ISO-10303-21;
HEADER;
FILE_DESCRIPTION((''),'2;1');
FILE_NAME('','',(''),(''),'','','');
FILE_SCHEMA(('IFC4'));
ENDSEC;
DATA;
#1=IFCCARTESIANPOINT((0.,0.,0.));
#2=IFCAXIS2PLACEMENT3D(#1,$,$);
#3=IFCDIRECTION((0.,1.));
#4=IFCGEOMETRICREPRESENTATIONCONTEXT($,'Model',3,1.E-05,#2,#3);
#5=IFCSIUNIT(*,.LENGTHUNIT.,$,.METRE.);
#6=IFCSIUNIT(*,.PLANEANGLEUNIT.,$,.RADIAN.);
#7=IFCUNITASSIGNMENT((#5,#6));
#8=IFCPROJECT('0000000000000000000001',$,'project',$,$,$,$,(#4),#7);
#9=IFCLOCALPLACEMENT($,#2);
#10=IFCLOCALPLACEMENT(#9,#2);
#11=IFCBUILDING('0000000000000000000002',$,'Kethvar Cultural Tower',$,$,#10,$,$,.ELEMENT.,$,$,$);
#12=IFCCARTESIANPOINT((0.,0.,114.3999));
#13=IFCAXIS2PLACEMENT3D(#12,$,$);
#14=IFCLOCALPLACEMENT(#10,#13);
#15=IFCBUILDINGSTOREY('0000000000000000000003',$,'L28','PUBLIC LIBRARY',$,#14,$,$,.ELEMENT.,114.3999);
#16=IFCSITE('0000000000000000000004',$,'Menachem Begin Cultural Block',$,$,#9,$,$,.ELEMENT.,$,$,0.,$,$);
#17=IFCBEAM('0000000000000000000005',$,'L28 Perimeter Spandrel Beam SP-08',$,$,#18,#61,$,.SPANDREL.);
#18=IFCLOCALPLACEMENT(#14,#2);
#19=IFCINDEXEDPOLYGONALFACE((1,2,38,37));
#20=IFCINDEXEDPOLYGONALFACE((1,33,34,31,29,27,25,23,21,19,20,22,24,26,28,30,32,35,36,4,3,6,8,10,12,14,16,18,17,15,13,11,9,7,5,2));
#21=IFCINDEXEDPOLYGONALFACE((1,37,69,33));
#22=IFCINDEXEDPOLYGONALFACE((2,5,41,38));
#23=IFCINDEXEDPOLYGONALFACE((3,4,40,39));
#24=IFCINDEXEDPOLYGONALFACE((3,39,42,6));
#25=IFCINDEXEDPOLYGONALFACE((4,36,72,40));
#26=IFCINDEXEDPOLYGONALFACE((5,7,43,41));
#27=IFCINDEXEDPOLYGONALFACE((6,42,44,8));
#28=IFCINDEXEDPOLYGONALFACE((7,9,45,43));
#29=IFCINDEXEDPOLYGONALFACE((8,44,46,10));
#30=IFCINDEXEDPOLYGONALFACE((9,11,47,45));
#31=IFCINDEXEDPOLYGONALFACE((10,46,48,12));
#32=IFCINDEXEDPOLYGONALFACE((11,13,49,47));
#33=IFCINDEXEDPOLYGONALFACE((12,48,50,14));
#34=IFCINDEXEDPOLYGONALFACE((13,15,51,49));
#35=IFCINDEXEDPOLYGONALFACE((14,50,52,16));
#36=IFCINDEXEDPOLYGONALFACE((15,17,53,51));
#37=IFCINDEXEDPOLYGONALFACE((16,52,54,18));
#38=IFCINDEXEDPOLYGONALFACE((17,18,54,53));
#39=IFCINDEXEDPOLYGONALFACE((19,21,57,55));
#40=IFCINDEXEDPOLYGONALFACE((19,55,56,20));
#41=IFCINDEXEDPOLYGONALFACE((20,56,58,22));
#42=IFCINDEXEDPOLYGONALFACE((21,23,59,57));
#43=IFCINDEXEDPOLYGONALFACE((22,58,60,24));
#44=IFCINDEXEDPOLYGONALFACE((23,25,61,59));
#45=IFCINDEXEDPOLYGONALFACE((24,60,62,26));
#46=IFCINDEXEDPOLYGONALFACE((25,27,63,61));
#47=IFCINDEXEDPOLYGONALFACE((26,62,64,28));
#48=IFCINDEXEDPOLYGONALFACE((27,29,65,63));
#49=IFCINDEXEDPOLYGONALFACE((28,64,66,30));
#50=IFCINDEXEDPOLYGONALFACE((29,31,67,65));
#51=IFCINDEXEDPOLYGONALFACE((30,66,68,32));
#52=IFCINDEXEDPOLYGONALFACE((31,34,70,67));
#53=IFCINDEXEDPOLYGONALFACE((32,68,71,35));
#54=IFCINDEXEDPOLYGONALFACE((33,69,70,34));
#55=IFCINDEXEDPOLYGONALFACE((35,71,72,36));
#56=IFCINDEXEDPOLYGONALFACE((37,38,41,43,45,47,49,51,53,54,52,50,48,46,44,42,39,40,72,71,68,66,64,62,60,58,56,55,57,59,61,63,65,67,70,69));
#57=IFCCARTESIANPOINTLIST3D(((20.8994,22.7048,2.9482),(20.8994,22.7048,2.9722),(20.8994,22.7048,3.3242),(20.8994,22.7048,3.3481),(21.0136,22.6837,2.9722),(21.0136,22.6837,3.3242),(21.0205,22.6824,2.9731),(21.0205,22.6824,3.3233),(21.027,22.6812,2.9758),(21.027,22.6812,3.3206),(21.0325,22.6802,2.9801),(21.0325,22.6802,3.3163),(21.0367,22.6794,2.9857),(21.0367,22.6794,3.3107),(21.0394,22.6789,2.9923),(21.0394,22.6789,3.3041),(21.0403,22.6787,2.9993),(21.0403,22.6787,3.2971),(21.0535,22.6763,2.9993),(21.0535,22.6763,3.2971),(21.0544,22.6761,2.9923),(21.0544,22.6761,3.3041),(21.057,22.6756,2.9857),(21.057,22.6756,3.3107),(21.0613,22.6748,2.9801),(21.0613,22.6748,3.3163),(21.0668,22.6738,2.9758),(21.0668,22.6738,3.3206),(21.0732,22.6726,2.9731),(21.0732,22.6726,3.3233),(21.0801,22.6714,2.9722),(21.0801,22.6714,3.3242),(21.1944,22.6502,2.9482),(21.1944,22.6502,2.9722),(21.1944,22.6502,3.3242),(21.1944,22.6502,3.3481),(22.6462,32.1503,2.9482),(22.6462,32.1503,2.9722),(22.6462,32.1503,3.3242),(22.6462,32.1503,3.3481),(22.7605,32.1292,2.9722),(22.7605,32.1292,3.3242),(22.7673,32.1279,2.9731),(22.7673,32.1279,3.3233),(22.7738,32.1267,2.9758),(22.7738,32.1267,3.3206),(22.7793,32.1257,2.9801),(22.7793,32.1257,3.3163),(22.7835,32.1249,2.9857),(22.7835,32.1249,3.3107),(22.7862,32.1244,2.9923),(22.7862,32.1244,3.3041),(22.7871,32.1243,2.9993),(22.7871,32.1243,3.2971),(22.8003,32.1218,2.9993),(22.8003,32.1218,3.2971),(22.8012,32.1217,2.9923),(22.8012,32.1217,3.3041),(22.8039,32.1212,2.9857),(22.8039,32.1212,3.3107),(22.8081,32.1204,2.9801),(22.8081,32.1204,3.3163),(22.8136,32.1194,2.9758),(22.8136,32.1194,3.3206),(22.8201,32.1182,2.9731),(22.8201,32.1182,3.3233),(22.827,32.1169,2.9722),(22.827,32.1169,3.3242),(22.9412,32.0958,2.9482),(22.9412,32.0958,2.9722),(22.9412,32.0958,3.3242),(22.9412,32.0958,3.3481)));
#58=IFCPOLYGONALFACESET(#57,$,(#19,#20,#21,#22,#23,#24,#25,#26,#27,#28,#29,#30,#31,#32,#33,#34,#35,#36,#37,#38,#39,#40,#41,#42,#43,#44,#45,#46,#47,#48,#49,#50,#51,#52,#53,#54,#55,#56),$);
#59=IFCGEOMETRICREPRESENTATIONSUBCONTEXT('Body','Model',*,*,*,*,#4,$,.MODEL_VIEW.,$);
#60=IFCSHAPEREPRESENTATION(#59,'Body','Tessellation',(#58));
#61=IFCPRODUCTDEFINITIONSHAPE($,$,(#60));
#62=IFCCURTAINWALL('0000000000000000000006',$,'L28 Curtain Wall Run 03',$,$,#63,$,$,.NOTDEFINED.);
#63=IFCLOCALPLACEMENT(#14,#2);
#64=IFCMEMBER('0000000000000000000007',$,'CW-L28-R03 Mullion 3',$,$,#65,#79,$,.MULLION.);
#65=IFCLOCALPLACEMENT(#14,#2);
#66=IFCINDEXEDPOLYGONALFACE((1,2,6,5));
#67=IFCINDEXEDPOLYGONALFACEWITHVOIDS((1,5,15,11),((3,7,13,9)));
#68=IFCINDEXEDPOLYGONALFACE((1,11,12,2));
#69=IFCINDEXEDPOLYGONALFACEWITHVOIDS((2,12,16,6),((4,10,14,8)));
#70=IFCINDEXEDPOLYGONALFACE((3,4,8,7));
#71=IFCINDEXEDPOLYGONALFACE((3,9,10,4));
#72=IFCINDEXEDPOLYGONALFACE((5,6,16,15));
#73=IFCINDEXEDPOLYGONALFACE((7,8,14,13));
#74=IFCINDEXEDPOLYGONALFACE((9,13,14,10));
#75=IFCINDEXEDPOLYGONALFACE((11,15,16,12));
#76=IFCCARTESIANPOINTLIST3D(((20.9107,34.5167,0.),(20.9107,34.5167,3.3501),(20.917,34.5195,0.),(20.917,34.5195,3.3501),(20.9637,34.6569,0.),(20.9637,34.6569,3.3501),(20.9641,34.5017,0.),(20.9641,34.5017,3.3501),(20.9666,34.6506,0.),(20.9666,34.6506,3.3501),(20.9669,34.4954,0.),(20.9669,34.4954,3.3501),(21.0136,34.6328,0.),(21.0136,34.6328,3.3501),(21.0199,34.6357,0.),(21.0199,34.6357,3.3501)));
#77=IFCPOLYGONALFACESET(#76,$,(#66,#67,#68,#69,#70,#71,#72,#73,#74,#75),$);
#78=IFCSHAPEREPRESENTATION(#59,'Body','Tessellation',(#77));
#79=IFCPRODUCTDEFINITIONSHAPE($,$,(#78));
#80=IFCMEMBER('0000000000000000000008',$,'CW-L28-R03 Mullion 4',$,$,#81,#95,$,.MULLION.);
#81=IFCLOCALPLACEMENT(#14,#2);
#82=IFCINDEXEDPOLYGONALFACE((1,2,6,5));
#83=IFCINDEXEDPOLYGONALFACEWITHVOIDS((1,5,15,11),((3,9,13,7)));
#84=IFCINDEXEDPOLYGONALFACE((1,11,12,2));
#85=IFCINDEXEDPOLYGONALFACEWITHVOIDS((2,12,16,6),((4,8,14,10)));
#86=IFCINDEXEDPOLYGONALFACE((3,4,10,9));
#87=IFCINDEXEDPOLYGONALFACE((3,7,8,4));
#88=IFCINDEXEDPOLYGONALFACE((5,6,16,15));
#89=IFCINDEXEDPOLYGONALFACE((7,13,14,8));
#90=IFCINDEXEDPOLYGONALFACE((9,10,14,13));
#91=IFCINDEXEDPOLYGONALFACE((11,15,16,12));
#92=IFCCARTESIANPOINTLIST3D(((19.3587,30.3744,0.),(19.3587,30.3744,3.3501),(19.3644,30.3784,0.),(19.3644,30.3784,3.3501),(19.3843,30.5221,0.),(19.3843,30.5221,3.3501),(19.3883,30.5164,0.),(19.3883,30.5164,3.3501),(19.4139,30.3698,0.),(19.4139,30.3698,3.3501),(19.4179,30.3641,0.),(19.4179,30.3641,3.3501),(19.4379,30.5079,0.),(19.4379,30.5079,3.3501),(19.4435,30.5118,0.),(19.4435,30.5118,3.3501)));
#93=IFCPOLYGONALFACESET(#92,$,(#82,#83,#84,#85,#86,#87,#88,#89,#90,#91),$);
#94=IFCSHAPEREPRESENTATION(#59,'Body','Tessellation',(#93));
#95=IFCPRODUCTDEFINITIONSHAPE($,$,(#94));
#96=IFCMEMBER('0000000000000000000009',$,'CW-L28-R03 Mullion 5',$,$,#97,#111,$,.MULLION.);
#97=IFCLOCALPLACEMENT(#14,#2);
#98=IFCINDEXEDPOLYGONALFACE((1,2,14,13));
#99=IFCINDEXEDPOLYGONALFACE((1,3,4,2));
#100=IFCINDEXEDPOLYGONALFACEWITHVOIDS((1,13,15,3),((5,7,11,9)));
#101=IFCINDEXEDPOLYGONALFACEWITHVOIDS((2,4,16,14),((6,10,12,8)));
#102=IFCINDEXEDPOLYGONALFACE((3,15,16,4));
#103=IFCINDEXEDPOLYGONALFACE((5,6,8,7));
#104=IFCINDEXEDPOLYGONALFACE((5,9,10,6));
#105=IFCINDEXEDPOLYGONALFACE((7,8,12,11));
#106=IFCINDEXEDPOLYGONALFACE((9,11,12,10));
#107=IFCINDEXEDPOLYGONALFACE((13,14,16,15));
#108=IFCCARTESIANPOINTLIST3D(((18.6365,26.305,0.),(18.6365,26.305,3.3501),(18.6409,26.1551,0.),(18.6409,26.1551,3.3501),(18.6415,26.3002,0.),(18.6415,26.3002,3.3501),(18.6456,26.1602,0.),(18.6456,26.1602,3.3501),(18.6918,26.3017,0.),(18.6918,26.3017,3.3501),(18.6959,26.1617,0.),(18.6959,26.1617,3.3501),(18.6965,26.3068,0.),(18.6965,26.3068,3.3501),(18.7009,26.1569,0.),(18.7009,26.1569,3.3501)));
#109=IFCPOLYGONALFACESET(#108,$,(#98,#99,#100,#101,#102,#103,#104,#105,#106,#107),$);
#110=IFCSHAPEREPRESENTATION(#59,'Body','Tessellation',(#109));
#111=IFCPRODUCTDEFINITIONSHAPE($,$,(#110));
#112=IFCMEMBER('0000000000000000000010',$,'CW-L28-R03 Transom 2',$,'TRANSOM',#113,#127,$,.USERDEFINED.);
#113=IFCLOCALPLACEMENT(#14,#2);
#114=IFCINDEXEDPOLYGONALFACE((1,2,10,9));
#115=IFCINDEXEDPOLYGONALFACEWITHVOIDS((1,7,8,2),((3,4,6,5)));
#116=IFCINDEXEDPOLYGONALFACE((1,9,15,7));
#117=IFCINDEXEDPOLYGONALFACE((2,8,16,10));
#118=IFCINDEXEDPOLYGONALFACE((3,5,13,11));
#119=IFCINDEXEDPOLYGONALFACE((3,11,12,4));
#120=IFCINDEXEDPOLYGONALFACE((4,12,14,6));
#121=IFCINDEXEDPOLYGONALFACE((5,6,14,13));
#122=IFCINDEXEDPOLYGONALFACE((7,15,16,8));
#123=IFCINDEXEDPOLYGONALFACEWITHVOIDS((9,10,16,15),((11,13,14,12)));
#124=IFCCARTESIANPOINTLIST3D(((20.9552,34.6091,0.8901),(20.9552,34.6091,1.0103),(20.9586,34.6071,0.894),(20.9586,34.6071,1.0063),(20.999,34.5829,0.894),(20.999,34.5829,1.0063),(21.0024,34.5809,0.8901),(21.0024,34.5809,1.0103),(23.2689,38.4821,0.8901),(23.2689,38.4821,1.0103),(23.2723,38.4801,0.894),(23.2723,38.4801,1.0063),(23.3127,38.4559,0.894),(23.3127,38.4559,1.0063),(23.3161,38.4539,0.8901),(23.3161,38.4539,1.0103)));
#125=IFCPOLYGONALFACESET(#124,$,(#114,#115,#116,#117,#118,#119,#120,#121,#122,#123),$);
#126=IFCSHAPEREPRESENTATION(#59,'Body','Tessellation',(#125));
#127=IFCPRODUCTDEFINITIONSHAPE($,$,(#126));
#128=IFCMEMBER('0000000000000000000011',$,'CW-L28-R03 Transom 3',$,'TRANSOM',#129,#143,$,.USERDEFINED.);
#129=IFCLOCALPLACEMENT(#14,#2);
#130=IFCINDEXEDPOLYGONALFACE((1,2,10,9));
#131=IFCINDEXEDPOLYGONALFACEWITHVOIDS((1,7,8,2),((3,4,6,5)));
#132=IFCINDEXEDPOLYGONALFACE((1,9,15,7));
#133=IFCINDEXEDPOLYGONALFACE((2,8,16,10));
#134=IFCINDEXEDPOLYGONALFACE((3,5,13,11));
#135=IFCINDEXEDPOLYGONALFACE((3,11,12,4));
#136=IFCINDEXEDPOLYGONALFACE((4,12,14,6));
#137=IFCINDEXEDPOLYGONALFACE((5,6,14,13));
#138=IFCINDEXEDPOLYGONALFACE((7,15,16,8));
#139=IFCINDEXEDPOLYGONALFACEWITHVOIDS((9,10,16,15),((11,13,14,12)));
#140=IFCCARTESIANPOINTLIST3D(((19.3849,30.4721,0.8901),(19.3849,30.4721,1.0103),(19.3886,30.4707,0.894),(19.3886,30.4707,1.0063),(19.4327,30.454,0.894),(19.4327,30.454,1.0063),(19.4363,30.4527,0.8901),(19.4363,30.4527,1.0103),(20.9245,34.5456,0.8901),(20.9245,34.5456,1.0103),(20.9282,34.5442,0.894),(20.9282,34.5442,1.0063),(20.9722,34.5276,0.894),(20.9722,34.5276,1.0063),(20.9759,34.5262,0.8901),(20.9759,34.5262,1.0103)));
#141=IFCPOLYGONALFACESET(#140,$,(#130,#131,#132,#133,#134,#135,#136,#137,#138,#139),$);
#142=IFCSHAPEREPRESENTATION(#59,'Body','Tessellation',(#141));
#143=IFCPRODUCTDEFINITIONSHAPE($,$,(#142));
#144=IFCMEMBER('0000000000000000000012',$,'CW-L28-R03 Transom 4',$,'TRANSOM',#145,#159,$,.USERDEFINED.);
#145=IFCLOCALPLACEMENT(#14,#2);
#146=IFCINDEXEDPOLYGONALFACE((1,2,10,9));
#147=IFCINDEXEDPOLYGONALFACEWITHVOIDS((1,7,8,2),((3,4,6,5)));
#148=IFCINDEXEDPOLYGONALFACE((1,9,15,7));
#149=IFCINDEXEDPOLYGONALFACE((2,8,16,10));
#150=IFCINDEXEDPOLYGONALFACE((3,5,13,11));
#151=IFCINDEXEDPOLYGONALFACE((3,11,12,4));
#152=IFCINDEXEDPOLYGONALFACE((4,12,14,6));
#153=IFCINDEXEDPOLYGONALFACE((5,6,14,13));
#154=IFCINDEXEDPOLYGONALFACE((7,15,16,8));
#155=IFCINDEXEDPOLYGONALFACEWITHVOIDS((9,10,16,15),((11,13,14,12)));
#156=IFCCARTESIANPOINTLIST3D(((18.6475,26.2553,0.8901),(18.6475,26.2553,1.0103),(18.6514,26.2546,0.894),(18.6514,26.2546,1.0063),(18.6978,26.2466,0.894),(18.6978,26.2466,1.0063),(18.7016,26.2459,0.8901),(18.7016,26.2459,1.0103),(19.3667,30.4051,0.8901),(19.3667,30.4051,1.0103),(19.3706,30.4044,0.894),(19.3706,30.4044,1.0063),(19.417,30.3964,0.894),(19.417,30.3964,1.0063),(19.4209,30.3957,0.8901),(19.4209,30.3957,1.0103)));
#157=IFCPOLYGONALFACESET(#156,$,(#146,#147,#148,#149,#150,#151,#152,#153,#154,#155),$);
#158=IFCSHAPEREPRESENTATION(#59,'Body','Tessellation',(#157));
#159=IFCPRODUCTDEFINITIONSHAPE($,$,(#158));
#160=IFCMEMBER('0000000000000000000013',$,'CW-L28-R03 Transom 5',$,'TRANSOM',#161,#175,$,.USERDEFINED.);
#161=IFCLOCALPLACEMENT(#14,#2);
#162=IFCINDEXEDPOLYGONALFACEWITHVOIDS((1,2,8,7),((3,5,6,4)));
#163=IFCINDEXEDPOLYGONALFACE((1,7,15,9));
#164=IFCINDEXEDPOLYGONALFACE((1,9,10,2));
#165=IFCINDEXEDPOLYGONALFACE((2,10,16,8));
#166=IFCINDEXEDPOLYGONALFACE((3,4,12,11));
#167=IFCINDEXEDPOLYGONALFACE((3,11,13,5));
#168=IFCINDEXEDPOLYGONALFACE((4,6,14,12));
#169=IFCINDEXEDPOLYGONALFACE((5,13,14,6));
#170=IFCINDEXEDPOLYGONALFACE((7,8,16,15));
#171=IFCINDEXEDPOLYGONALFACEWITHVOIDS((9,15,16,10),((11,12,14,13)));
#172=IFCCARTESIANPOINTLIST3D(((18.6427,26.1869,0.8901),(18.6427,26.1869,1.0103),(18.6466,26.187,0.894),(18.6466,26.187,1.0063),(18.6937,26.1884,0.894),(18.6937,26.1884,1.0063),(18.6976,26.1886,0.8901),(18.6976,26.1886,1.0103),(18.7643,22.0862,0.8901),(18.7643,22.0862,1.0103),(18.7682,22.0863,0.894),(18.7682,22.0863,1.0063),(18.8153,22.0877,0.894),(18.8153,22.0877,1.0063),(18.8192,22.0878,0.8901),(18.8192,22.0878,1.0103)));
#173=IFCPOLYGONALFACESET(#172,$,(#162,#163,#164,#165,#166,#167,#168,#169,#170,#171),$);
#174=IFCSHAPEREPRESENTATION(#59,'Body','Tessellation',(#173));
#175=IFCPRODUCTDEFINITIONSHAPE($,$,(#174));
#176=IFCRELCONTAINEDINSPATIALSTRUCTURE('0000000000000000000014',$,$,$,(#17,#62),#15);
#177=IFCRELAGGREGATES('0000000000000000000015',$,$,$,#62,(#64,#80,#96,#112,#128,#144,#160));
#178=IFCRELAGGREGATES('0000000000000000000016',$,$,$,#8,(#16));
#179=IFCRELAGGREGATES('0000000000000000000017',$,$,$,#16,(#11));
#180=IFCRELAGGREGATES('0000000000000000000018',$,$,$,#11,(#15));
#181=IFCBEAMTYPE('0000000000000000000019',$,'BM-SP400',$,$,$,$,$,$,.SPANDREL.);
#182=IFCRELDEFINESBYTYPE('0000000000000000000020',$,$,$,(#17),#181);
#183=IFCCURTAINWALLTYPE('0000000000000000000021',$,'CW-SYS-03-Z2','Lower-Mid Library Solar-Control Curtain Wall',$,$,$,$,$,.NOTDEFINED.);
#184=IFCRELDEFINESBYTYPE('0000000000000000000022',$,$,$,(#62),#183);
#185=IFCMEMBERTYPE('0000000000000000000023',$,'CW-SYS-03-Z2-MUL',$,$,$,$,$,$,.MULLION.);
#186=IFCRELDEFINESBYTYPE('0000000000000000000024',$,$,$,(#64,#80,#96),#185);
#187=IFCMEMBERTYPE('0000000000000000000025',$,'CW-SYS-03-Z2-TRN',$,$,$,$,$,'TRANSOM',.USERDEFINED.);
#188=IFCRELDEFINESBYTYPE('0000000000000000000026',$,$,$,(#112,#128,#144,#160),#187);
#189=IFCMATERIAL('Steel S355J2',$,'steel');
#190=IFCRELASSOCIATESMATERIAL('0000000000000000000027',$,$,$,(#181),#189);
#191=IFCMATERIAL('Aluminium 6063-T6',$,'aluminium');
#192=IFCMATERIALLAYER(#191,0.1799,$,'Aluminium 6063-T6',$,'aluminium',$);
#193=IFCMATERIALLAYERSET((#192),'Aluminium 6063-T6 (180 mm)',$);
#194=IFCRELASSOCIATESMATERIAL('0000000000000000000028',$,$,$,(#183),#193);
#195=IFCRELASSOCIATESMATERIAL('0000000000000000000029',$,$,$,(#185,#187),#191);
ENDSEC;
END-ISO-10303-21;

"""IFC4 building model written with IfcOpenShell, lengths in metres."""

from ifc_helpers import new_model, si_unit, direction, frame, origin, origin_2d, place, context, subcontext, project, spatial, hollow_rectangle, i_section, extrude, source, transform, mapped, material, layer, layer_set, material_profile, profile_set, type_object, element, aggregate, save


model = new_model("IFC4")

# Units and contexts
model_context = context("Model", 3, precision=1e-05, world=origin(), true_north=direction((0.0, 1.0)))
body_context = subcontext(model_context, "Body", "Model", "MODEL_VIEW")
ifc_project = project(units=[si_unit("LENGTHUNIT", "METRE"), si_unit("PLANEANGLEUNIT", "RADIAN")], contexts=[model_context])

# Site, building, storey
site_placement = place(None, origin())
site = spatial("IfcSite", under=ifc_project, at=site_placement, Name="Menachem Begin Cultural Block", CompositionType="ELEMENT", RefElevation=0.0)
building_placement = place(site_placement, origin())
building = spatial("IfcBuilding", under=site, at=building_placement, Name="Kethvar Cultural Tower", CompositionType="ELEMENT")
storey_placement = place(building_placement, frame((0.0, 0.0, 114.3999)))
storey = spatial("IfcBuildingStorey", under=building, at=storey_placement, Name="L28", Description="PUBLIC LIBRARY", CompositionType="ELEMENT", Elevation=114.3999)

# Beam
ifc_material_1 = material(Name="Steel S355J2", Category="steel")
ifc_material_profile_1 = material_profile(ifc_material_1, i_section(OverallWidth=0.3, OverallDepth=0.3999, WebThickness=0.0134, FlangeThickness=0.0239, FilletRadius=0.0271, at=origin_2d()), Name="Steel S355J2 — HEB400")
ifc_profile_set_1 = profile_set([ifc_material_profile_1], Name="Steel S355J2 — HEB400")
beam_type_1 = type_object("IfcBeamType", Name="BM-SP400", PredefinedType="SPANDREL", material=ifc_profile_set_1)
shared_shape_1 = source(origin(), body_context, "Body", "SweptSolid", [
    extrude(i_section(OverallWidth=0.3, OverallDepth=0.3999, WebThickness=0.0134, FlangeThickness=0.0239, FilletRadius=0.0271, at=origin_2d()), origin(), (0.0, 0.0, 1.0), 9.6057),
])
beam_1_placement = place(storey_placement, frame((22.7937, 32.123, 3.1482), z_axis=(-0.181853, -0.983326, 0.0), x_axis=(0.983326, -0.181853, 0.0)))
element("IfcBeam", 1, at=beam_1_placement, inside=storey, type_object=beam_type_1, Name="L28 Perimeter Spandrel Beam SP-08", PredefinedType="SPANDREL", context=body_context, shape_type="MappedRepresentation", body=[
    mapped(shared_shape_1, transform((0.0, 0.0, 0.0), scale=1.0)),
])

# Curtain wall, members
ifc_material_2 = material(Name="Aluminium 6063-T6", Category="aluminium")
ifc_layer_1 = layer(ifc_material_2, 0.1799, Name="Aluminium 6063-T6", Category="aluminium")
ifc_layer_set_1 = layer_set([ifc_layer_1], Name="Aluminium 6063-T6 (180 mm)")
curtain_wall_type = type_object("IfcCurtainWallType", Name="CW-SYS-03-Z2", Description="Lower-Mid Library Solar-Control Curtain Wall", PredefinedType="NOTDEFINED", material=ifc_layer_set_1)
curtain_wall_placement = place(storey_placement, origin())
curtain_wall = element("IfcCurtainWall", 2, at=curtain_wall_placement, inside=storey, type_object=curtain_wall_type, Name="L28 Curtain Wall Run 03", PredefinedType="NOTDEFINED")
ifc_material_profile_2 = material_profile(ifc_material_2, hollow_rectangle(XDim=0.0601, YDim=0.1499, WallThickness=0.0049, at=origin_2d()), Name="Aluminium 6063-T6 — RHS150x60x5")
ifc_profile_set_2 = profile_set([ifc_material_profile_2], Name="Aluminium 6063-T6 — RHS150x60x5")
member_type_1 = type_object("IfcMemberType", Name="CW-SYS-03-Z2-MUL", PredefinedType="MULLION", material=ifc_profile_set_2)
shared_shape_2 = source(origin(), body_context, "Body", "SweptSolid", [
    extrude(hollow_rectangle(XDim=0.0601, YDim=0.1499, WallThickness=0.0049, at=origin_2d()), origin(), (0.0, 0.0, 1.0), 3.3501),
])
member_1_placement = place(storey_placement, frame((20.9653, 34.5762, 0.0), z_axis=(0.0, 0.0, 1.0), x_axis=(0.935432, -0.353507, 0.0)))
member_1 = element("IfcMember", 3, at=member_1_placement, type_object=member_type_1, Name="CW-L28-R03 Mullion 3", PredefinedType="MULLION", context=body_context, shape_type="MappedRepresentation", body=[
    mapped(shared_shape_2, transform((0.0, 0.0, 0.0), scale=1.0)),
])
member_2_placement = place(storey_placement, frame((19.4011, 30.4431, 0.0), z_axis=(0.0, 0.0, 1.0), x_axis=(0.985313, -0.17076, 0.0)))
member_2 = element("IfcMember", 4, at=member_2_placement, type_object=member_type_1, Name="CW-L28-R03 Mullion 4", PredefinedType="MULLION", context=body_context, shape_type="MappedRepresentation", body=[
    mapped(shared_shape_2, transform((0.0, 0.0, 0.0), scale=1.0)),
])
member_3_placement = place(storey_placement, frame((18.6687, 26.231, 0.0), z_axis=(0.0, 0.0, 1.0), x_axis=(0.99956, 0.029649, 0.0)))
member_3 = element("IfcMember", 5, at=member_3_placement, type_object=member_type_1, Name="CW-L28-R03 Mullion 5", PredefinedType="MULLION", context=body_context, shape_type="MappedRepresentation", body=[
    mapped(shared_shape_2, transform((0.0, 0.0, 0.0), scale=1.0)),
])
ifc_material_profile_3 = material_profile(ifc_material_2, hollow_rectangle(XDim=0.0549, YDim=0.1201, WallThickness=0.0039, at=origin_2d()), Name="Aluminium 6063-T6 — RHS120x55x4")
ifc_profile_set_3 = profile_set([ifc_material_profile_3], Name="Aluminium 6063-T6 — RHS120x55x4")
member_type_2 = type_object("IfcMemberType", Name="CW-SYS-03-Z2-TRN", ElementType="TRANSOM", PredefinedType="USERDEFINED", material=ifc_profile_set_3)
shared_shape_3 = source(origin(), body_context, "Body", "SweptSolid", [
    extrude(hollow_rectangle(XDim=0.0549, YDim=0.1201, WallThickness=0.0039, at=origin_2d()), origin(), (0.0, 0.0, 1.0), 4.5115),
])
member_4_placement = place(storey_placement, frame((23.2925, 38.468, 0.9502), z_axis=(-0.512847, -0.85848, 0.0), x_axis=(0.85848, -0.512847, 0.0)))
member_4 = element("IfcMember", 6, at=member_4_placement, type_object=member_type_2, Name="CW-L28-R03 Transom 2", ObjectType="TRANSOM", PredefinedType="USERDEFINED", context=body_context, shape_type="MappedRepresentation", body=[
    mapped(shared_shape_3, transform((0.0, 0.0, 0.0), scale=1.0)),
])
shared_shape_4 = source(origin(), body_context, "Body", "SweptSolid", [
    extrude(hollow_rectangle(XDim=0.0549, YDim=0.1201, WallThickness=0.0039, at=origin_2d()), origin(), (0.0, 0.0, 1.0), 4.3547),
])
member_5_placement = place(storey_placement, frame((20.9502, 34.5359, 0.9502), z_axis=(-0.353537, -0.935421, 0.0), x_axis=(0.935421, -0.353537, 0.0)))
member_5 = element("IfcMember", 7, at=member_5_placement, type_object=member_type_2, Name="CW-L28-R03 Transom 3", ObjectType="TRANSOM", PredefinedType="USERDEFINED", context=body_context, shape_type="MappedRepresentation", body=[
    mapped(shared_shape_4, transform((0.0, 0.0, 0.0), scale=1.0)),
])
shared_shape_5 = source(origin(), body_context, "Body", "SweptSolid", [
    extrude(hollow_rectangle(XDim=0.0549, YDim=0.1201, WallThickness=0.0039, at=origin_2d()), origin(), (0.0, 0.0, 1.0), 4.2117),
])
member_6_placement = place(storey_placement, frame((19.3938, 30.4004, 0.9502), z_axis=(-0.170769, -0.985311, 0.0), x_axis=(0.985311, -0.170769, 0.0)))
member_6 = element("IfcMember", 8, at=member_6_placement, type_object=member_type_2, Name="CW-L28-R03 Transom 4", ObjectType="TRANSOM", PredefinedType="USERDEFINED", context=body_context, shape_type="MappedRepresentation", body=[
    mapped(shared_shape_5, transform((0.0, 0.0, 0.0), scale=1.0)),
])
shared_shape_6 = source(origin(), body_context, "Body", "SweptSolid", [
    extrude(hollow_rectangle(XDim=0.0549, YDim=0.1201, WallThickness=0.0039, at=origin_2d()), origin(), (0.0, 0.0, 1.0), 4.1025),
])
member_7_placement = place(storey_placement, frame((18.6702, 26.1877, 0.9502), z_axis=(0.029635, -0.999561, 0.0), x_axis=(0.999561, 0.029635, 0.0)))
member_7 = element("IfcMember", 9, at=member_7_placement, type_object=member_type_2, Name="CW-L28-R03 Transom 5", ObjectType="TRANSOM", PredefinedType="USERDEFINED", context=body_context, shape_type="MappedRepresentation", body=[
    mapped(shared_shape_6, transform((0.0, 0.0, 0.0), scale=1.0)),
])
aggregate(curtain_wall, [member_1, member_2, member_3, member_4, member_5, member_6, member_7])

save(model, "model.ifc")
